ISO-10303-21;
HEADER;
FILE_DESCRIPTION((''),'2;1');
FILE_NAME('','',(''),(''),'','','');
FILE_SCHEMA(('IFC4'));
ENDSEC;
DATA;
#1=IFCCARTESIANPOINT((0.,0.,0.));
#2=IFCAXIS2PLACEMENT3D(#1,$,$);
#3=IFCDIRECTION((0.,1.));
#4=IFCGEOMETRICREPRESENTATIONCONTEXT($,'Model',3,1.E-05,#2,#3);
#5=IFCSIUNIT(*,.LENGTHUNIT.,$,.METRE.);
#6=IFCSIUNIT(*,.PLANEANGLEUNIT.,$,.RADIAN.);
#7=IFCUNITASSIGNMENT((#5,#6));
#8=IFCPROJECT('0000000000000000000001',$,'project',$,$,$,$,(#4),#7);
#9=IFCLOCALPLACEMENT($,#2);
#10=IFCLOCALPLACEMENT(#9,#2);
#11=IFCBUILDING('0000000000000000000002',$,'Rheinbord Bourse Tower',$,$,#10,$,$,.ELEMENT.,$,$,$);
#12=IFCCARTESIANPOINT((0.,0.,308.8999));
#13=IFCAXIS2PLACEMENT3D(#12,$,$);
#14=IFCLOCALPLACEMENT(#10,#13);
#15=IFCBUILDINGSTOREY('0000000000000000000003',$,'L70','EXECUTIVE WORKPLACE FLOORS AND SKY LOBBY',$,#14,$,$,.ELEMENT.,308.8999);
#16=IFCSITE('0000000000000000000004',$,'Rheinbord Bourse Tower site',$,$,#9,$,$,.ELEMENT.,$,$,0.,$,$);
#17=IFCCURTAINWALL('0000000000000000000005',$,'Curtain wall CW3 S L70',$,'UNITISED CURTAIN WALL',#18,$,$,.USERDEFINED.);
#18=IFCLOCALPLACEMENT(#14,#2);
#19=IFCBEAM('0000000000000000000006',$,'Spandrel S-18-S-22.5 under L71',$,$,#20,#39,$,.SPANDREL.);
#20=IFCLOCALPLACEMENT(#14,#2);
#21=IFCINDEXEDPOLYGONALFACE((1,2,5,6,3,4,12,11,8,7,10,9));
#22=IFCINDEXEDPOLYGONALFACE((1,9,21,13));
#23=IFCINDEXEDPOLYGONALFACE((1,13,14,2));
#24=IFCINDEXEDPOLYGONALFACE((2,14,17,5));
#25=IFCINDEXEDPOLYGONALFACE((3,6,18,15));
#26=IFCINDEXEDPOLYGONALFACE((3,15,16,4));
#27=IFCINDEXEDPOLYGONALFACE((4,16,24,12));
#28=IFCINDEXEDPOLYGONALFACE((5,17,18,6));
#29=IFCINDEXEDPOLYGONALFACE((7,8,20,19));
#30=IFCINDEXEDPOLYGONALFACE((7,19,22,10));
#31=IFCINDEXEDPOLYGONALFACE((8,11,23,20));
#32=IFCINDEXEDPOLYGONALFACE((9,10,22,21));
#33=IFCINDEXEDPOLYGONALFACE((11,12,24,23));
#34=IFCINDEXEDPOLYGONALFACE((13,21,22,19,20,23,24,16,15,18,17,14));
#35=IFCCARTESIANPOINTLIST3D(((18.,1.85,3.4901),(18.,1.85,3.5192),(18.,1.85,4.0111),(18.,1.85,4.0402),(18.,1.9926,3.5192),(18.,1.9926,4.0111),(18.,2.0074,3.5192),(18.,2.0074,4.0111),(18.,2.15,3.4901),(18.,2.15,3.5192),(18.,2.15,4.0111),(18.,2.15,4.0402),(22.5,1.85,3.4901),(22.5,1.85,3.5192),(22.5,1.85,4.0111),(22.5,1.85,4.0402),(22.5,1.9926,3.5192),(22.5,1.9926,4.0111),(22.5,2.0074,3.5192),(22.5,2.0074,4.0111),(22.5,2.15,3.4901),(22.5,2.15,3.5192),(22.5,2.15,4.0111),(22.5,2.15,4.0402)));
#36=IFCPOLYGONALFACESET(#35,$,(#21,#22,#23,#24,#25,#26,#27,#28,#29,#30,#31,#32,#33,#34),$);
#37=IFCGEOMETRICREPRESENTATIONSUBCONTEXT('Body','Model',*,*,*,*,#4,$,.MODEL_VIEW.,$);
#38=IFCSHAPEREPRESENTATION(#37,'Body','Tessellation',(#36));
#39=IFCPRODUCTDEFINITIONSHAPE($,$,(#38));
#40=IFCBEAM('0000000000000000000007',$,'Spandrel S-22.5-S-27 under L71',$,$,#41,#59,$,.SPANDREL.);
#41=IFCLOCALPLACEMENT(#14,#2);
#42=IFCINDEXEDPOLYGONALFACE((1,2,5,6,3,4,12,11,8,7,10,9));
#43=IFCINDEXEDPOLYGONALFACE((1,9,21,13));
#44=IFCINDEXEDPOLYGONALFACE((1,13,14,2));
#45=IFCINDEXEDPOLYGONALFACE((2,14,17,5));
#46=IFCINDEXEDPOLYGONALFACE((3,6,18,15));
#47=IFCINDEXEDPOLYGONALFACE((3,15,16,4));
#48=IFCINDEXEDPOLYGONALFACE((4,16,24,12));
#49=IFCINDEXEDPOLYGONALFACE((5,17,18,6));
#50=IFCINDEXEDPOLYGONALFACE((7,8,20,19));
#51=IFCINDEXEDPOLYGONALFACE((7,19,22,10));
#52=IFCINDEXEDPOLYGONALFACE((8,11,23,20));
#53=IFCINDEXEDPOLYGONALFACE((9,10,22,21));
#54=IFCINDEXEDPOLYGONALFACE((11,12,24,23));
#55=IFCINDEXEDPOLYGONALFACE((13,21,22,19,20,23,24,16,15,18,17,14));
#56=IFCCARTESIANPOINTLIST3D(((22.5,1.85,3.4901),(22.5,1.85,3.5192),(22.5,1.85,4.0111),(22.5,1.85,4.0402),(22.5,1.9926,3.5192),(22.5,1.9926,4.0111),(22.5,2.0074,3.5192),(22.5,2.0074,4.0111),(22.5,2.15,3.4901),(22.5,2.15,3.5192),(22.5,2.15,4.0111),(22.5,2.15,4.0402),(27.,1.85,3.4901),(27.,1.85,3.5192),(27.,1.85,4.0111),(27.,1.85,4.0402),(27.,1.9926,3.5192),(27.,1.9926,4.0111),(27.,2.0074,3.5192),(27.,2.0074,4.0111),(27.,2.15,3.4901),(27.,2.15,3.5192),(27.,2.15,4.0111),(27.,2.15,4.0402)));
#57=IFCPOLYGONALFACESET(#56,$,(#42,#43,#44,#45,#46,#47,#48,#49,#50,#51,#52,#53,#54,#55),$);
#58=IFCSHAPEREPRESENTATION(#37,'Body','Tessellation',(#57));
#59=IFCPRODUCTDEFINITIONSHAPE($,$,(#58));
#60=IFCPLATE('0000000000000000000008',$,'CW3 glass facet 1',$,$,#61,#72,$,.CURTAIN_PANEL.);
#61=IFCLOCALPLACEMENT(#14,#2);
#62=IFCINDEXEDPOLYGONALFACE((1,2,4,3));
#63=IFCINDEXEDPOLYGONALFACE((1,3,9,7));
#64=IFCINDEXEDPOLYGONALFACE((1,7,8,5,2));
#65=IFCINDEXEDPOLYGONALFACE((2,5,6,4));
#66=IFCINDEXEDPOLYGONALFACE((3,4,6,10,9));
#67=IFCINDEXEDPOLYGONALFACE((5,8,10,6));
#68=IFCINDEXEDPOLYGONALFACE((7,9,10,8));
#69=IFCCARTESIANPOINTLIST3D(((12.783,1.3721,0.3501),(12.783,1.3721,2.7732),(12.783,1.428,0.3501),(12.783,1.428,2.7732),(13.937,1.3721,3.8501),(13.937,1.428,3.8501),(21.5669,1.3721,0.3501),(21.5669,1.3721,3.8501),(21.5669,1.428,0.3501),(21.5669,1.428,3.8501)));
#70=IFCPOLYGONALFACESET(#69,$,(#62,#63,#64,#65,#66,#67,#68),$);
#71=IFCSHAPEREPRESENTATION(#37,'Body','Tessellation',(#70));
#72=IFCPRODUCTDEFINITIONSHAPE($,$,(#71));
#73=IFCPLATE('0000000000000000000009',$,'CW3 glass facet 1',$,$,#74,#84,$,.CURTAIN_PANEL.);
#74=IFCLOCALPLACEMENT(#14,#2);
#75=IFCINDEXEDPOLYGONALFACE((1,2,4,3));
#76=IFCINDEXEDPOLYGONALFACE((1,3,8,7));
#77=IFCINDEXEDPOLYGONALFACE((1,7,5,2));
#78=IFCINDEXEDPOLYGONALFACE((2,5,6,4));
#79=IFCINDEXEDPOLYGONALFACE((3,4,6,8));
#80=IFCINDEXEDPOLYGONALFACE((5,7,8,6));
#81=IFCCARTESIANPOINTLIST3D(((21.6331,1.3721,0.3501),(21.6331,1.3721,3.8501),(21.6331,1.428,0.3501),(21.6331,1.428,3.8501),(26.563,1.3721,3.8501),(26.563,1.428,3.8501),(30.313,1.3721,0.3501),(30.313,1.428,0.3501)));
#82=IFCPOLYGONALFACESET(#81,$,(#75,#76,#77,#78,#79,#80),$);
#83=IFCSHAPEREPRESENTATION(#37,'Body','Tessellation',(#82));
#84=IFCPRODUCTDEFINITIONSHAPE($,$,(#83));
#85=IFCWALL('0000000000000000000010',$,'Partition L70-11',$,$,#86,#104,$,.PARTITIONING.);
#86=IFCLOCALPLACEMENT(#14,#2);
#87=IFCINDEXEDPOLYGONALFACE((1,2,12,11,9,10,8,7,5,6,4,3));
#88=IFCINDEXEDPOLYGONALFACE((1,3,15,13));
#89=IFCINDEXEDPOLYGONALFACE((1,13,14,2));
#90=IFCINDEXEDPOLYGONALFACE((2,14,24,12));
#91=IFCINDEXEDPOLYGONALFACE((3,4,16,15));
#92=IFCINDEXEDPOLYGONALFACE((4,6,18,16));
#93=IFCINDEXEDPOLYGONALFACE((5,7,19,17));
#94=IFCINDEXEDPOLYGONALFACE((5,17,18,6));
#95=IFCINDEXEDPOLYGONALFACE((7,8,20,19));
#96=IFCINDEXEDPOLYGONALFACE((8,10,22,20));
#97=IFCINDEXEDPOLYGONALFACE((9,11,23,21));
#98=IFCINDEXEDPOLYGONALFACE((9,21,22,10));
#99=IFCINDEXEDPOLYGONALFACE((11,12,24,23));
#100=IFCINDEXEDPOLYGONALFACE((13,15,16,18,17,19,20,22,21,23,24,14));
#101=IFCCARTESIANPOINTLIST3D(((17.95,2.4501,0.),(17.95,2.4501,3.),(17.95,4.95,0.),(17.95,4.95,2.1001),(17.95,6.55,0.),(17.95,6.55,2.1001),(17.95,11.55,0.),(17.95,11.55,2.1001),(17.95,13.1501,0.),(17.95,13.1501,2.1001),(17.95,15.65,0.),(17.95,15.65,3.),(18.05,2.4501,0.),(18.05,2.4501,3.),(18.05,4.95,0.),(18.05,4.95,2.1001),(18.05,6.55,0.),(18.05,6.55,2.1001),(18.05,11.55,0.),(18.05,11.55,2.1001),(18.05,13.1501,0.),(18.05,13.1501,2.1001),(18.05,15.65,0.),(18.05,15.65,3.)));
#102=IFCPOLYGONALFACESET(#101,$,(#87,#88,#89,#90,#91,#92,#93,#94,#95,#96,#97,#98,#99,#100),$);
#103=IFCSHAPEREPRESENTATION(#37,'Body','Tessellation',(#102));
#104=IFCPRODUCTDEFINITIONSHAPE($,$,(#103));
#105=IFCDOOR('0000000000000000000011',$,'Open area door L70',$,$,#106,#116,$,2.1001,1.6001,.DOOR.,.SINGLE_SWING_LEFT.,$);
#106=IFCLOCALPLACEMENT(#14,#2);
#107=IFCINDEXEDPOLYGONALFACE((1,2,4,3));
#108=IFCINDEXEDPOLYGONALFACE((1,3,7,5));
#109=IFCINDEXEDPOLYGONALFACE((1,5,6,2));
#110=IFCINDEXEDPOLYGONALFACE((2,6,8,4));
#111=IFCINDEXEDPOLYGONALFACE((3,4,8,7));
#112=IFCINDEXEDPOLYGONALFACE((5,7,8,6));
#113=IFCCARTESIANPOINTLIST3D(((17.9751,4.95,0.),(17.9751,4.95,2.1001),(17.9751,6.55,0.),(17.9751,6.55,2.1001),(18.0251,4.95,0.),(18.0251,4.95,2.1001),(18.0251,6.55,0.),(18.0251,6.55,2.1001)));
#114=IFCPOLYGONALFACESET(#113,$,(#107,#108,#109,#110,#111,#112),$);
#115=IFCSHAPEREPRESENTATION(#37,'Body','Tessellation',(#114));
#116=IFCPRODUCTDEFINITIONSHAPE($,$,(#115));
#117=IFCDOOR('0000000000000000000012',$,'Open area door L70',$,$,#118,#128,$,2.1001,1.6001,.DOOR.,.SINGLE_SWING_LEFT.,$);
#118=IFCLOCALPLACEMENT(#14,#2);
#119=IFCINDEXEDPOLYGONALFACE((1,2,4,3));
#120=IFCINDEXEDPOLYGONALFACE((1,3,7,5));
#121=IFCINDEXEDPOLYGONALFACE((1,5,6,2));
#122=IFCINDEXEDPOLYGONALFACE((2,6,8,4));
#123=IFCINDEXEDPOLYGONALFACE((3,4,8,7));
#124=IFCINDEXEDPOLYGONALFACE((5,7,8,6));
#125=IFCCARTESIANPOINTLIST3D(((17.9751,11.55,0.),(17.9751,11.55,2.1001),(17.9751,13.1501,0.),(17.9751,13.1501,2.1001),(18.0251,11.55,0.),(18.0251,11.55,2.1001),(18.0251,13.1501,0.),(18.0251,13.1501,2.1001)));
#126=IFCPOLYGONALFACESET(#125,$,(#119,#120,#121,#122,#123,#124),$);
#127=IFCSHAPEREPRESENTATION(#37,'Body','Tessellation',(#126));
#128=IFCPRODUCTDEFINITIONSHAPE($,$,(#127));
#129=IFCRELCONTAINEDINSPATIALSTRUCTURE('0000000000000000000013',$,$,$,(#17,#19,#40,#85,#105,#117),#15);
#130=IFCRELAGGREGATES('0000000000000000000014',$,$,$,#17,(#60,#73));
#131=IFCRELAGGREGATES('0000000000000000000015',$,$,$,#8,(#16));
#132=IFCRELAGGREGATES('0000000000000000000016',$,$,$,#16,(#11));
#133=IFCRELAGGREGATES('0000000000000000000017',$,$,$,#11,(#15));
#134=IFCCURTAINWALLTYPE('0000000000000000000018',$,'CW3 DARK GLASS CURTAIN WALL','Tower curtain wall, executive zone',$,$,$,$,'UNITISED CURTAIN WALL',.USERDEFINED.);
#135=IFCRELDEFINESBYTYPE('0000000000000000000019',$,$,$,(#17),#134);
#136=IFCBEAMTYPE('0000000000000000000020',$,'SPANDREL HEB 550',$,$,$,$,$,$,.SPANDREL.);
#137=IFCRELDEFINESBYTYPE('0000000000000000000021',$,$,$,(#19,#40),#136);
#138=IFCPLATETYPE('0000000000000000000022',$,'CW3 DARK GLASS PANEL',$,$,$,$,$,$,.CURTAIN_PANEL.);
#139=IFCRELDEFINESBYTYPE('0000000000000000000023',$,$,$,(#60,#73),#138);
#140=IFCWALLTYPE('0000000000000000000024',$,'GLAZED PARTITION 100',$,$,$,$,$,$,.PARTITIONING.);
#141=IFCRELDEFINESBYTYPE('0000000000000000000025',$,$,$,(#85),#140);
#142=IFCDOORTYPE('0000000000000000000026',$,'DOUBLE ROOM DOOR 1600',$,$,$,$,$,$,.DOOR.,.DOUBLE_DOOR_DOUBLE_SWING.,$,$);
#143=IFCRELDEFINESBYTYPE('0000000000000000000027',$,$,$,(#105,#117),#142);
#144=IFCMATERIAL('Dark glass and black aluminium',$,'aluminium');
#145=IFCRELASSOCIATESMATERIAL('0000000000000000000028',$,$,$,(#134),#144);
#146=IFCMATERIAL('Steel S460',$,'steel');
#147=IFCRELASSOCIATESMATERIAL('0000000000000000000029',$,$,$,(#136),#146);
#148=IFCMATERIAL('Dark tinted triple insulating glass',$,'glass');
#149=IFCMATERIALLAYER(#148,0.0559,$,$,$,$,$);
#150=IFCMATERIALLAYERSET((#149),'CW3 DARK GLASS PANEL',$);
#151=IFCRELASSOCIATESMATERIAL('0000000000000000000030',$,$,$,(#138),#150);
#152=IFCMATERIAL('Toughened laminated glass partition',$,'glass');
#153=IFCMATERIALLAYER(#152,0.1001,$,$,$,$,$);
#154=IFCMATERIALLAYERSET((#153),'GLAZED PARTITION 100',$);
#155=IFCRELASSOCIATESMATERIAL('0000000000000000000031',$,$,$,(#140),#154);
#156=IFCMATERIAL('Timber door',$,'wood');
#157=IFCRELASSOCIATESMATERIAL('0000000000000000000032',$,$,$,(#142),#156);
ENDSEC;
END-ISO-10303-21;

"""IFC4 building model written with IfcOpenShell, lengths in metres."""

from ifc_helpers import new_model, si_unit, direction, frame, frame_2d, origin, origin_2d, place, context, subcontext, project, spatial, polyline, rectangle, i_section, outline, extrude, material, layer, layer_set, material_profile, profile_set, type_object, element, fill, aggregate, save


model = new_model("IFC4")

# Units and contexts
model_context = context("Model", 3, precision=1e-05, world=origin(), true_north=direction((0.0, 1.0)))
body_context = subcontext(model_context, "Body", "Model", "MODEL_VIEW")
ifc_project = project(units=[si_unit("LENGTHUNIT", "METRE"), si_unit("PLANEANGLEUNIT", "RADIAN")], contexts=[model_context])

# Site, building, storey
site_placement = place(None, origin())
site = spatial("IfcSite", under=ifc_project, at=site_placement, Name="Rheinbord Bourse Tower site", CompositionType="ELEMENT", RefElevation=0.0)
building_placement = place(site_placement, origin())
building = spatial("IfcBuilding", under=site, at=building_placement, Name="Rheinbord Bourse Tower", CompositionType="ELEMENT")
storey_placement = place(building_placement, frame((0.0, 0.0, 308.8999)))
storey = spatial("IfcBuildingStorey", under=building, at=storey_placement, Name="L70", Description="EXECUTIVE WORKPLACE FLOORS AND SKY LOBBY", CompositionType="ELEMENT", Elevation=308.8999)

# Curtain wall
ifc_material_1 = material(Name="Dark glass and black aluminium", Category="aluminium")
curtain_wall_type = type_object("IfcCurtainWallType", Name="CW3 DARK GLASS CURTAIN WALL", Description="Tower curtain wall, executive zone", ElementType="UNITISED CURTAIN WALL", PredefinedType="USERDEFINED", material=ifc_material_1)
curtain_wall_placement = place(storey_placement, origin())
curtain_wall = element("IfcCurtainWall", 1, at=curtain_wall_placement, inside=storey, type_object=curtain_wall_type, Name="Curtain wall CW3 S L70", ObjectType="UNITISED CURTAIN WALL", PredefinedType="USERDEFINED")

# Beams
ifc_material_2 = material(Name="Steel S460", Category="steel")
ifc_material_profile_1 = material_profile(ifc_material_2, i_section(OverallWidth=0.3, OverallDepth=0.55, WebThickness=0.0149, FlangeThickness=0.0291, at=origin_2d()), Name="HEB 550")
ifc_profile_set_1 = profile_set([ifc_material_profile_1], Name="Steel S460")
beam_type_1 = type_object("IfcBeamType", Name="SPANDREL HEB 550", PredefinedType="SPANDREL", material=ifc_profile_set_1)
for number, where, z_axis, x_axis, name in (
    (2, (18.0, 2.0, 3.7651), (1.0, 0.0, 0.0), (0.0, 1.0, 0.0), "Spandrel S-18-S-22.5 under L71"),
    (3, (22.5, 2.0, 3.7651), (1.0, 0.0, 0.0), (0.0, 1.0, 0.0), "Spandrel S-22.5-S-27 under L71"),
):
    element("IfcBeam", number, at=place(storey_placement, frame(where, z_axis=z_axis, x_axis=x_axis)), inside=storey, type_object=beam_type_1, Name=name, PredefinedType="SPANDREL", context=body_context, shape_type="SweptSolid", body=[
        extrude(i_section(OverallWidth=0.3, OverallDepth=0.55, WebThickness=0.0149, FlangeThickness=0.0291, at=origin_2d()), origin(), (0.0, 0.0, 1.0), 4.5),
    ])

# Plates
ifc_material_3 = material(Name="Dark tinted triple insulating glass", Category="glass")
ifc_layer_1 = layer(ifc_material_3, 0.0559)
ifc_layer_set_1 = layer_set([ifc_layer_1], Name="CW3 DARK GLASS PANEL")
plate_type = type_object("IfcPlateType", Name="CW3 DARK GLASS PANEL", PredefinedType="CURTAIN_PANEL", material=ifc_layer_set_1)
plate_1_placement = place(storey_placement, frame((21.5669, 1.3721, 3.8501), z_axis=(0.0, 1.0, 0.0), x_axis=(0.0, 0.0, -1.0)))
plate_1 = element("IfcPlate", 4, at=plate_1_placement, type_object=plate_type, Name="CW3 glass facet 1", PredefinedType="CURTAIN_PANEL", context=body_context, shape_type="SweptSolid", body=[
    extrude(outline(polyline([(0.0, 0.0), (3.5, 0.0), (3.5, 8.7839), (1.0769, 8.7839), (0.0, 7.6299), (0.0, 0.0)])), origin(), (0.0, 0.0, 1.0), 0.0559),
])
plate_2_placement = place(storey_placement, frame((21.6331, 1.3721, 0.3501), z_axis=(0.0, 1.0, 0.0), x_axis=(0.0, 0.0, 1.0)))
plate_2 = element("IfcPlate", 5, at=plate_2_placement, type_object=plate_type, Name="CW3 glass facet 1", PredefinedType="CURTAIN_PANEL", context=body_context, shape_type="SweptSolid", body=[
    extrude(outline(polyline([(0.0, 0.0), (3.5, 0.0), (3.5, 4.9299), (0.0, 8.6799), (0.0, 0.0)])), origin(), (0.0, 0.0, 1.0), 0.0559),
])
aggregate(curtain_wall, [plate_1, plate_2])

# Wall, openings, doors
ifc_material_4 = material(Name="Toughened laminated glass partition", Category="glass")
ifc_layer_2 = layer(ifc_material_4, 0.1001)
ifc_layer_set_2 = layer_set([ifc_layer_2], Name="GLAZED PARTITION 100")
wall_type = type_object("IfcWallType", Name="GLAZED PARTITION 100", PredefinedType="PARTITIONING", material=ifc_layer_set_2)
wall_placement = place(storey_placement, frame((18.0, 2.45, 0.0), z_axis=(0.0, 0.0, 1.0), x_axis=(0.0, 1.0, 0.0)))
wall = element("IfcWall", 6, at=wall_placement, inside=storey, type_object=wall_type, Name="Partition L70-11", PredefinedType="PARTITIONING", context=body_context, shape_type="SweptSolid", body=[
    extrude(rectangle(XDim=13.2, YDim=0.1001, at=frame_2d((6.6001, 0.0))), origin(), (0.0, 0.0, 1.0), 3.0),
])
opening_1_placement = place(wall_placement, frame((2.5, 0.0, 0.0)))
opening_1 = element("IfcOpeningElement", 7, at=opening_1_placement, cuts=wall, PredefinedType="OPENING", context=body_context, shape_type="SweptSolid", body=[
    extrude(rectangle(XDim=1.6001, YDim=2.1001, at=frame_2d((0.8, 1.05))), frame((0.0, 0.0601, 0.0), z_axis=(0.0, -1.0, 0.0), x_axis=(1.0, 0.0, 0.0)), (0.0, 0.0, 1.0), 0.1201),
])
opening_2_placement = place(wall_placement, frame((9.1001, 0.0, 0.0)))
opening_2 = element("IfcOpeningElement", 8, at=opening_2_placement, cuts=wall, PredefinedType="OPENING", context=body_context, shape_type="SweptSolid", body=[
    extrude(rectangle(XDim=1.6001, YDim=2.1001, at=frame_2d((0.8, 1.05))), frame((0.0, 0.0601, 0.0), z_axis=(0.0, -1.0, 0.0), x_axis=(1.0, 0.0, 0.0)), (0.0, 0.0, 1.0), 0.1201),
])
ifc_material_5 = material(Name="Timber door", Category="wood")
door_type = type_object("IfcDoorType", Name="DOUBLE ROOM DOOR 1600", OperationType="DOUBLE_DOOR_DOUBLE_SWING", PredefinedType="DOOR", material=ifc_material_5)
door_1_placement = place(opening_1_placement, origin())
door_1 = element("IfcDoor", 9, at=door_1_placement, inside=storey, type_object=door_type, Name="Open area door L70", OperationType="SINGLE_SWING_LEFT", OverallHeight=2.1001, OverallWidth=1.6001, PredefinedType="DOOR", context=body_context, shape_type="SweptSolid", body=[
    extrude(rectangle(XDim=1.6001, YDim=2.1001, at=frame_2d((0.8, 1.05))), frame((0.0, 0.0249, 0.0), z_axis=(0.0, -1.0, 0.0), x_axis=(1.0, 0.0, 0.0)), (0.0, 0.0, 1.0), 0.05),
])
fill(opening_1, door_1)
door_2_placement = place(opening_2_placement, origin())
door_2 = element("IfcDoor", 10, at=door_2_placement, inside=storey, type_object=door_type, Name="Open area door L70", OperationType="SINGLE_SWING_LEFT", OverallHeight=2.1001, OverallWidth=1.6001, PredefinedType="DOOR", context=body_context, shape_type="SweptSolid", body=[
    extrude(rectangle(XDim=1.6001, YDim=2.1001, at=frame_2d((0.8, 1.05))), frame((0.0, 0.0249, 0.0), z_axis=(0.0, -1.0, 0.0), x_axis=(1.0, 0.0, 0.0)), (0.0, 0.0, 1.0), 0.05),
])
fill(opening_2, door_2)

save(model, "model.ifc")
